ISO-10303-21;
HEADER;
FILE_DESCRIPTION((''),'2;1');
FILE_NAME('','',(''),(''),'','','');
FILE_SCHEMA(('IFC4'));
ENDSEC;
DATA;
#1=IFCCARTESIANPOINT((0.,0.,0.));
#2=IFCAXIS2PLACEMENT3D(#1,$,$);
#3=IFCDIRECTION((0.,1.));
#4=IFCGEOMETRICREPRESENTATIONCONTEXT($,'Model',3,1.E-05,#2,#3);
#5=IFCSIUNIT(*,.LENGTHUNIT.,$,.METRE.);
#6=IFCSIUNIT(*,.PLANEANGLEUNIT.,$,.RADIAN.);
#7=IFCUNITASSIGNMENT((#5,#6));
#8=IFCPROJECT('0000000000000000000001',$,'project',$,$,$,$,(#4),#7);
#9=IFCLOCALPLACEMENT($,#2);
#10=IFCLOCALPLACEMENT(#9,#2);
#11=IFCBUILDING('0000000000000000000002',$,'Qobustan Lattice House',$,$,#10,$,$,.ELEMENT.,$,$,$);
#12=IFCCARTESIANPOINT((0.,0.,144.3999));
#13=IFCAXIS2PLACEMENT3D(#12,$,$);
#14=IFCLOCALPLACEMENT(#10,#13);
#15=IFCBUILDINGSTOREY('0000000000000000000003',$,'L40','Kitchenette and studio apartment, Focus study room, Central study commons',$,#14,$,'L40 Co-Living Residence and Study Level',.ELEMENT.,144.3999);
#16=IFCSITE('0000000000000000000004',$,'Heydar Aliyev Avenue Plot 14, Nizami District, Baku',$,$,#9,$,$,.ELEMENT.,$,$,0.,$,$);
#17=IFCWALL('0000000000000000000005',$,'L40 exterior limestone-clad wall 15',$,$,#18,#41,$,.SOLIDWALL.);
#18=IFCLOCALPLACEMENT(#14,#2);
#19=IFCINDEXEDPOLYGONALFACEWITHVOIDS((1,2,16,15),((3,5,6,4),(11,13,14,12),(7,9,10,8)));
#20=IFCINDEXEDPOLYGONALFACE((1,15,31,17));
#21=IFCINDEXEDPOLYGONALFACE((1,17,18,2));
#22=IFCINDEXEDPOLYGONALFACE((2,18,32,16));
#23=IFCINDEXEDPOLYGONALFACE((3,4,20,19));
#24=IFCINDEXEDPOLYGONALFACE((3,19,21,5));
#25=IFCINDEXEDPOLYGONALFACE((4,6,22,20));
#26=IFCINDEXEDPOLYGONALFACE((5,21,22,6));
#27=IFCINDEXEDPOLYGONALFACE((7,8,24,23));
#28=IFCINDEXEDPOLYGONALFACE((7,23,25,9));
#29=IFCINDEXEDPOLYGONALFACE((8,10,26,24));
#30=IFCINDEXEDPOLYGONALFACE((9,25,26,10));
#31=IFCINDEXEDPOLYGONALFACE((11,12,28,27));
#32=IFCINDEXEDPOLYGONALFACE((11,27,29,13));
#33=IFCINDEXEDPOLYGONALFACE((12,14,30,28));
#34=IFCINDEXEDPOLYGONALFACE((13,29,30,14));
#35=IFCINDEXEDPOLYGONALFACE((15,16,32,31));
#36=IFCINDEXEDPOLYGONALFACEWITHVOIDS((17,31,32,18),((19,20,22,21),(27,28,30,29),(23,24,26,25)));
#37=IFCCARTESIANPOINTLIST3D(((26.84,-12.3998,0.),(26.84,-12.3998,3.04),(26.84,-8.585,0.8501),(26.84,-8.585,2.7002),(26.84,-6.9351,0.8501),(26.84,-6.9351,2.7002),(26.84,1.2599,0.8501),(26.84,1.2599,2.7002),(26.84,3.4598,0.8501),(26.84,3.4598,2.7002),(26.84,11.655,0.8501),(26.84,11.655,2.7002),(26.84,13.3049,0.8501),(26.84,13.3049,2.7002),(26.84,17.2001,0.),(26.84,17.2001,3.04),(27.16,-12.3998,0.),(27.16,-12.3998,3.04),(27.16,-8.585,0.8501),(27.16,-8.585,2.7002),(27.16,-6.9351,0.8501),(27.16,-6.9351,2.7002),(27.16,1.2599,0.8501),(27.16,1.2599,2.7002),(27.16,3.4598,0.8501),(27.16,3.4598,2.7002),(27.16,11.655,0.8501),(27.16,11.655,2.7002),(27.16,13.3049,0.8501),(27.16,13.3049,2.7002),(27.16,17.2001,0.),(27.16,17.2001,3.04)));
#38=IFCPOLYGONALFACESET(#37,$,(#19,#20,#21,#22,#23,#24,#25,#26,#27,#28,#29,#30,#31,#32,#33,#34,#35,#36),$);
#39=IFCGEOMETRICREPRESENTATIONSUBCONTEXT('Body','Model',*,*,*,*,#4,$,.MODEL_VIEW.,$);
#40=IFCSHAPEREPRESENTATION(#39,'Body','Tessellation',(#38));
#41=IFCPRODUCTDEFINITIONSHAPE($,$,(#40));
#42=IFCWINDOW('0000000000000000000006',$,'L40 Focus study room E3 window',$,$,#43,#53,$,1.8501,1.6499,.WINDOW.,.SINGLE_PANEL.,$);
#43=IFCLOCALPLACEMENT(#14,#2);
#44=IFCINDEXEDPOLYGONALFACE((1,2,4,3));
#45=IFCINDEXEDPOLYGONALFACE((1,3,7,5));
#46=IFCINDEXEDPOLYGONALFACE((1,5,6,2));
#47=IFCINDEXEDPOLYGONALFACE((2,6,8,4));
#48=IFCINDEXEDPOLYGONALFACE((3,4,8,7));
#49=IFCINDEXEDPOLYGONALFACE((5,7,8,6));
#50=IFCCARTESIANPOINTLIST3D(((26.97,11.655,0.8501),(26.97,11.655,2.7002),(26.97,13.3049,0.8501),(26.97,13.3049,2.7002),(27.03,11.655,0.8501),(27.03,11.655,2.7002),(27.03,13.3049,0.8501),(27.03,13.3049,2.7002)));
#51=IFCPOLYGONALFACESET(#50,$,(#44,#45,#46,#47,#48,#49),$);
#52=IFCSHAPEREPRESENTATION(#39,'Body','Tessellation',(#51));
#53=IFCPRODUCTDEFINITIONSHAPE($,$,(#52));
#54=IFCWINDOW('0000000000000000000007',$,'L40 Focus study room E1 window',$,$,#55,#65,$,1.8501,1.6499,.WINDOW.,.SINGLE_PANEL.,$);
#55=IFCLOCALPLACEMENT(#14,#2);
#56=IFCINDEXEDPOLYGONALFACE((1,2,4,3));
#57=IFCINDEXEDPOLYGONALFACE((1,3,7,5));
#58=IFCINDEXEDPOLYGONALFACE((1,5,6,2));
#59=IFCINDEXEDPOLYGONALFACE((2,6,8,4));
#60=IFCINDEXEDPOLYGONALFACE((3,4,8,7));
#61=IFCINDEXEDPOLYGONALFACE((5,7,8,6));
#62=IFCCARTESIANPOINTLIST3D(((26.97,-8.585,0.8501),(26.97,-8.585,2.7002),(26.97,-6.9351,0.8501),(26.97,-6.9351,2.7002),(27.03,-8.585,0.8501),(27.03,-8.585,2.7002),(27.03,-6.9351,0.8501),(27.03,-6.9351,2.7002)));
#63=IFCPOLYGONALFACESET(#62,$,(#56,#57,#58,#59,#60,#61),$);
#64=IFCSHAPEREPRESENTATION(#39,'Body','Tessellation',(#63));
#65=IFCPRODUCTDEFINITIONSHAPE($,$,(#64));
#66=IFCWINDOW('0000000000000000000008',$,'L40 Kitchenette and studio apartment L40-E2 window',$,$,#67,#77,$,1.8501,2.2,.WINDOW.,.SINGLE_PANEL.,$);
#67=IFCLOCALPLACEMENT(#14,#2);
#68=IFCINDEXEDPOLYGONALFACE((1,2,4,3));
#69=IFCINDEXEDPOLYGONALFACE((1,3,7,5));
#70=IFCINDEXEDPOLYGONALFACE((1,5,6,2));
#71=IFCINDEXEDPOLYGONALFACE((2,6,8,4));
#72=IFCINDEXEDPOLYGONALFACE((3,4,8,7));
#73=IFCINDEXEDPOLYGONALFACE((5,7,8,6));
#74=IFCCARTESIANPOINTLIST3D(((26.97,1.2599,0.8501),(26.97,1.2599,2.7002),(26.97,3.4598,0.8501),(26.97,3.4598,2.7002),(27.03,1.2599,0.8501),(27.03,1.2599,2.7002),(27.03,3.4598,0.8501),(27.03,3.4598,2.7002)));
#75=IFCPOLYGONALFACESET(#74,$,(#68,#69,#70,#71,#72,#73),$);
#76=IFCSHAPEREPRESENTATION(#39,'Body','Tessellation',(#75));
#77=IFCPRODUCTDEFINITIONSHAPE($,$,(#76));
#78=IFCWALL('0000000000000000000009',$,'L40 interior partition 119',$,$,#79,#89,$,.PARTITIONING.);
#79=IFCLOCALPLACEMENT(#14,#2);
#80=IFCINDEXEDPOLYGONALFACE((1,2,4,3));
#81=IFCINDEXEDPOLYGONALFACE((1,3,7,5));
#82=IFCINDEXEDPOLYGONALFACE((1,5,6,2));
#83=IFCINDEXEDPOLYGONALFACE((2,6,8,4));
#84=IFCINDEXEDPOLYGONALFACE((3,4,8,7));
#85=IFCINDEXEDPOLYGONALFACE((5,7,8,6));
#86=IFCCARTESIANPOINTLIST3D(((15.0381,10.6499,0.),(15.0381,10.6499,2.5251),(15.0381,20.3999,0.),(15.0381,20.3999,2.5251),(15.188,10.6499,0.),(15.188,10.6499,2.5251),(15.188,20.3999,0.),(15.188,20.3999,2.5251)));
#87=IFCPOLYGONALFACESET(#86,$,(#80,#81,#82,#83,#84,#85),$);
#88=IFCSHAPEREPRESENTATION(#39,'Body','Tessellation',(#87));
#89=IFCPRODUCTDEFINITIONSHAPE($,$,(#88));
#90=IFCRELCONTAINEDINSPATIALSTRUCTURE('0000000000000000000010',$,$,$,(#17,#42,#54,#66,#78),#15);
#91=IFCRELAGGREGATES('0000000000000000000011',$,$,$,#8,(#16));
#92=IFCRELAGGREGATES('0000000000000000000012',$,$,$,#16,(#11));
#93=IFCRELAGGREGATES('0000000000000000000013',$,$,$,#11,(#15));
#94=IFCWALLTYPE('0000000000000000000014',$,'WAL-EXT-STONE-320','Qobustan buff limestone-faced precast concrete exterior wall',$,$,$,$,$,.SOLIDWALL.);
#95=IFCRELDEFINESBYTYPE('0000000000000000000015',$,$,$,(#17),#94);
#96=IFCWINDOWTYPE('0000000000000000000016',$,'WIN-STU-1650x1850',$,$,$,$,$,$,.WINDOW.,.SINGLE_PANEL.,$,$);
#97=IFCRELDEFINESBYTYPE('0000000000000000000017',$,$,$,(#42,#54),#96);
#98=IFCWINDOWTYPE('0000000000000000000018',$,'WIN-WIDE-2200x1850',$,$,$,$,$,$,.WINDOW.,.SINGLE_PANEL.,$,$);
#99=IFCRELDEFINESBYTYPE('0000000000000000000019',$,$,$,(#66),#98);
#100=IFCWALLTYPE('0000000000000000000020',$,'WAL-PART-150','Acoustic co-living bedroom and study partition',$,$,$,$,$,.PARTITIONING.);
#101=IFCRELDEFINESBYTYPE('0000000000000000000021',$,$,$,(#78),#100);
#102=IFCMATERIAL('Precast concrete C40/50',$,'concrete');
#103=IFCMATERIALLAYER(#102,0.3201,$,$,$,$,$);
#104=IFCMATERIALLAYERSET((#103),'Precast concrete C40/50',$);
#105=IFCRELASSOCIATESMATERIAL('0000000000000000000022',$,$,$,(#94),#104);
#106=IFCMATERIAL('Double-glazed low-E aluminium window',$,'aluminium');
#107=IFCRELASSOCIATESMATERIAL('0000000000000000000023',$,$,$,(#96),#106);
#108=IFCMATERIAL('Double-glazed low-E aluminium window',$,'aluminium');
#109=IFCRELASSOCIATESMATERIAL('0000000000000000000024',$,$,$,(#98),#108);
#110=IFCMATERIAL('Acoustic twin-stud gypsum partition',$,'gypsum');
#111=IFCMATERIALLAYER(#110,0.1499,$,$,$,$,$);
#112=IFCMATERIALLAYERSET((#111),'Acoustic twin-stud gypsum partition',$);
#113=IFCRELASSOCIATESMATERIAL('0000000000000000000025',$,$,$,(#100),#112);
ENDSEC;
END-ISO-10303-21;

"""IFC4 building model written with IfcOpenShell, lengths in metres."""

from ifc_helpers import new_model, si_unit, direction, frame, frame_2d, origin, place, context, subcontext, project, spatial, rectangle, extrude, material, layer, layer_set, type_object, element, fill, save


model = new_model("IFC4")

# Units and contexts
model_context = context("Model", 3, precision=1e-05, world=origin(), true_north=direction((0.0, 1.0)))
body_context = subcontext(model_context, "Body", "Model", "MODEL_VIEW")
ifc_project = project(units=[si_unit("LENGTHUNIT", "METRE"), si_unit("PLANEANGLEUNIT", "RADIAN")], contexts=[model_context])

# Site, building, storey
site_placement = place(None, origin())
site = spatial("IfcSite", under=ifc_project, at=site_placement, Name="Heydar Aliyev Avenue Plot 14, Nizami District, Baku", CompositionType="ELEMENT", RefElevation=0.0)
building_placement = place(site_placement, origin())
building = spatial("IfcBuilding", under=site, at=building_placement, Name="Qobustan Lattice House", CompositionType="ELEMENT")
storey_placement = place(building_placement, frame((0.0, 0.0, 144.3999)))
storey = spatial("IfcBuildingStorey", under=building, at=storey_placement, Name="L40", Description="Kitchenette and studio apartment, Focus study room, Central study commons", LongName="L40 Co-Living Residence and Study Level", CompositionType="ELEMENT", Elevation=144.3999)

# Shared definitions
ifc_material_1 = material(Name="Precast concrete C40/50", Category="concrete")
ifc_layer_1 = layer(ifc_material_1, 0.3201)
ifc_layer_set_1 = layer_set([ifc_layer_1], Name="Precast concrete C40/50")
wall_type_1 = type_object("IfcWallType", Name="WAL-EXT-STONE-320", Description="Qobustan buff limestone-faced precast concrete exterior wall", PredefinedType="SOLIDWALL", material=ifc_layer_set_1)

# Wall, openings, windows
wall_1_placement = place(storey_placement, frame((27.0, 17.2, 0.0), z_axis=(0.0, 0.0, 1.0), x_axis=(0.0, -1.0, 0.0)))
wall_1 = element("IfcWall", 1, at=wall_1_placement, inside=storey, type_object=wall_type_1, Name="L40 exterior limestone-clad wall 15", PredefinedType="SOLIDWALL", context=body_context, shape_type="SweptSolid", body=[
    extrude(rectangle(XDim=29.5999, YDim=0.3201, at=frame_2d((14.7998, 0.0))), origin(), (0.0, 0.0, 1.0), 3.04),
])
opening_1_placement = place(wall_1_placement, frame((3.895, 0.0, 0.8501)))
opening_1 = element("IfcOpeningElement", 2, at=opening_1_placement, cuts=wall_1, PredefinedType="OPENING", context=body_context, shape_type="SweptSolid", body=[
    extrude(rectangle(XDim=1.6499, YDim=1.8501, at=frame_2d((0.825, 0.925))), frame((0.0, 0.1699, 0.0), z_axis=(0.0, -1.0, 0.0), x_axis=(1.0, 0.0, 0.0)), (0.0, 0.0, 1.0), 0.3401),
])
opening_2_placement = place(wall_1_placement, frame((13.74, 0.0, 0.8501)))
opening_2 = element("IfcOpeningElement", 3, at=opening_2_placement, cuts=wall_1, PredefinedType="OPENING", context=body_context, shape_type="SweptSolid", body=[
    extrude(rectangle(XDim=2.2, YDim=1.8501, at=frame_2d((1.1001, 0.925))), frame((0.0, 0.1699, 0.0), z_axis=(0.0, -1.0, 0.0), x_axis=(1.0, 0.0, 0.0)), (0.0, 0.0, 1.0), 0.3401),
])
opening_3_placement = place(wall_1_placement, frame((24.135, 0.0, 0.8501)))
opening_3 = element("IfcOpeningElement", 4, at=opening_3_placement, cuts=wall_1, PredefinedType="OPENING", context=body_context, shape_type="SweptSolid", body=[
    extrude(rectangle(XDim=1.6499, YDim=1.8501, at=frame_2d((0.825, 0.925))), frame((0.0, 0.1699, 0.0), z_axis=(0.0, -1.0, 0.0), x_axis=(1.0, 0.0, 0.0)), (0.0, 0.0, 1.0), 0.3401),
])
ifc_material_2 = material(Name="Double-glazed low-E aluminium window", Category="aluminium")
window_type_1 = type_object("IfcWindowType", Name="WIN-STU-1650x1850", PartitioningType="SINGLE_PANEL", PredefinedType="WINDOW", material=ifc_material_2)
window_1_placement = place(opening_1_placement, origin())
window_1 = element("IfcWindow", 5, at=window_1_placement, inside=storey, type_object=window_type_1, Name="L40 Focus study room E3 window", OverallHeight=1.8501, OverallWidth=1.6499, PartitioningType="SINGLE_PANEL", PredefinedType="WINDOW", context=body_context, shape_type="SweptSolid", body=[
    extrude(rectangle(XDim=1.6499, YDim=1.8501, at=frame_2d((0.825, 0.925))), frame((0.0, 0.03, 0.0), z_axis=(0.0, -1.0, 0.0), x_axis=(1.0, 0.0, 0.0)), (0.0, 0.0, 1.0), 0.0601),
])
fill(opening_1, window_1)
window_2_placement = place(opening_3_placement, origin())
window_2 = element("IfcWindow", 6, at=window_2_placement, inside=storey, type_object=window_type_1, Name="L40 Focus study room E1 window", OverallHeight=1.8501, OverallWidth=1.6499, PartitioningType="SINGLE_PANEL", PredefinedType="WINDOW", context=body_context, shape_type="SweptSolid", body=[
    extrude(rectangle(XDim=1.6499, YDim=1.8501, at=frame_2d((0.825, 0.925))), frame((0.0, 0.03, 0.0), z_axis=(0.0, -1.0, 0.0), x_axis=(1.0, 0.0, 0.0)), (0.0, 0.0, 1.0), 0.0601),
])
fill(opening_3, window_2)
ifc_material_3 = material(Name="Double-glazed low-E aluminium window", Category="aluminium")
window_type_2 = type_object("IfcWindowType", Name="WIN-WIDE-2200x1850", PartitioningType="SINGLE_PANEL", PredefinedType="WINDOW", material=ifc_material_3)
window_3_placement = place(opening_2_placement, origin())
window_3 = element("IfcWindow", 7, at=window_3_placement, inside=storey, type_object=window_type_2, Name="L40 Kitchenette and studio apartment L40-E2 window", OverallHeight=1.8501, OverallWidth=2.2, PartitioningType="SINGLE_PANEL", PredefinedType="WINDOW", context=body_context, shape_type="SweptSolid", body=[
    extrude(rectangle(XDim=2.2, YDim=1.8501, at=frame_2d((1.1001, 0.925))), frame((0.0, 0.03, 0.0), z_axis=(0.0, -1.0, 0.0), x_axis=(1.0, 0.0, 0.0)), (0.0, 0.0, 1.0), 0.0601),
])
fill(opening_2, window_3)

# Wall
ifc_material_4 = material(Name="Acoustic twin-stud gypsum partition", Category="gypsum")
ifc_layer_2 = layer(ifc_material_4, 0.1499)
ifc_layer_set_2 = layer_set([ifc_layer_2], Name="Acoustic twin-stud gypsum partition")
wall_type_2 = type_object("IfcWallType", Name="WAL-PART-150", Description="Acoustic co-living bedroom and study partition", PredefinedType="PARTITIONING", material=ifc_layer_set_2)
wall_2_placement = place(storey_placement, frame((15.113, 20.3999, 0.0), z_axis=(0.0, 0.0, 1.0), x_axis=(0.0, -1.0, 0.0)))
element("IfcWall", 8, at=wall_2_placement, inside=storey, type_object=wall_type_2, Name="L40 interior partition 119", PredefinedType="PARTITIONING", context=body_context, shape_type="SweptSolid", body=[
    extrude(rectangle(XDim=9.75, YDim=0.1499, at=frame_2d((4.875, 0.0))), origin(), (0.0, 0.0, 1.0), 2.5251),
])

save(model, "model.ifc")
